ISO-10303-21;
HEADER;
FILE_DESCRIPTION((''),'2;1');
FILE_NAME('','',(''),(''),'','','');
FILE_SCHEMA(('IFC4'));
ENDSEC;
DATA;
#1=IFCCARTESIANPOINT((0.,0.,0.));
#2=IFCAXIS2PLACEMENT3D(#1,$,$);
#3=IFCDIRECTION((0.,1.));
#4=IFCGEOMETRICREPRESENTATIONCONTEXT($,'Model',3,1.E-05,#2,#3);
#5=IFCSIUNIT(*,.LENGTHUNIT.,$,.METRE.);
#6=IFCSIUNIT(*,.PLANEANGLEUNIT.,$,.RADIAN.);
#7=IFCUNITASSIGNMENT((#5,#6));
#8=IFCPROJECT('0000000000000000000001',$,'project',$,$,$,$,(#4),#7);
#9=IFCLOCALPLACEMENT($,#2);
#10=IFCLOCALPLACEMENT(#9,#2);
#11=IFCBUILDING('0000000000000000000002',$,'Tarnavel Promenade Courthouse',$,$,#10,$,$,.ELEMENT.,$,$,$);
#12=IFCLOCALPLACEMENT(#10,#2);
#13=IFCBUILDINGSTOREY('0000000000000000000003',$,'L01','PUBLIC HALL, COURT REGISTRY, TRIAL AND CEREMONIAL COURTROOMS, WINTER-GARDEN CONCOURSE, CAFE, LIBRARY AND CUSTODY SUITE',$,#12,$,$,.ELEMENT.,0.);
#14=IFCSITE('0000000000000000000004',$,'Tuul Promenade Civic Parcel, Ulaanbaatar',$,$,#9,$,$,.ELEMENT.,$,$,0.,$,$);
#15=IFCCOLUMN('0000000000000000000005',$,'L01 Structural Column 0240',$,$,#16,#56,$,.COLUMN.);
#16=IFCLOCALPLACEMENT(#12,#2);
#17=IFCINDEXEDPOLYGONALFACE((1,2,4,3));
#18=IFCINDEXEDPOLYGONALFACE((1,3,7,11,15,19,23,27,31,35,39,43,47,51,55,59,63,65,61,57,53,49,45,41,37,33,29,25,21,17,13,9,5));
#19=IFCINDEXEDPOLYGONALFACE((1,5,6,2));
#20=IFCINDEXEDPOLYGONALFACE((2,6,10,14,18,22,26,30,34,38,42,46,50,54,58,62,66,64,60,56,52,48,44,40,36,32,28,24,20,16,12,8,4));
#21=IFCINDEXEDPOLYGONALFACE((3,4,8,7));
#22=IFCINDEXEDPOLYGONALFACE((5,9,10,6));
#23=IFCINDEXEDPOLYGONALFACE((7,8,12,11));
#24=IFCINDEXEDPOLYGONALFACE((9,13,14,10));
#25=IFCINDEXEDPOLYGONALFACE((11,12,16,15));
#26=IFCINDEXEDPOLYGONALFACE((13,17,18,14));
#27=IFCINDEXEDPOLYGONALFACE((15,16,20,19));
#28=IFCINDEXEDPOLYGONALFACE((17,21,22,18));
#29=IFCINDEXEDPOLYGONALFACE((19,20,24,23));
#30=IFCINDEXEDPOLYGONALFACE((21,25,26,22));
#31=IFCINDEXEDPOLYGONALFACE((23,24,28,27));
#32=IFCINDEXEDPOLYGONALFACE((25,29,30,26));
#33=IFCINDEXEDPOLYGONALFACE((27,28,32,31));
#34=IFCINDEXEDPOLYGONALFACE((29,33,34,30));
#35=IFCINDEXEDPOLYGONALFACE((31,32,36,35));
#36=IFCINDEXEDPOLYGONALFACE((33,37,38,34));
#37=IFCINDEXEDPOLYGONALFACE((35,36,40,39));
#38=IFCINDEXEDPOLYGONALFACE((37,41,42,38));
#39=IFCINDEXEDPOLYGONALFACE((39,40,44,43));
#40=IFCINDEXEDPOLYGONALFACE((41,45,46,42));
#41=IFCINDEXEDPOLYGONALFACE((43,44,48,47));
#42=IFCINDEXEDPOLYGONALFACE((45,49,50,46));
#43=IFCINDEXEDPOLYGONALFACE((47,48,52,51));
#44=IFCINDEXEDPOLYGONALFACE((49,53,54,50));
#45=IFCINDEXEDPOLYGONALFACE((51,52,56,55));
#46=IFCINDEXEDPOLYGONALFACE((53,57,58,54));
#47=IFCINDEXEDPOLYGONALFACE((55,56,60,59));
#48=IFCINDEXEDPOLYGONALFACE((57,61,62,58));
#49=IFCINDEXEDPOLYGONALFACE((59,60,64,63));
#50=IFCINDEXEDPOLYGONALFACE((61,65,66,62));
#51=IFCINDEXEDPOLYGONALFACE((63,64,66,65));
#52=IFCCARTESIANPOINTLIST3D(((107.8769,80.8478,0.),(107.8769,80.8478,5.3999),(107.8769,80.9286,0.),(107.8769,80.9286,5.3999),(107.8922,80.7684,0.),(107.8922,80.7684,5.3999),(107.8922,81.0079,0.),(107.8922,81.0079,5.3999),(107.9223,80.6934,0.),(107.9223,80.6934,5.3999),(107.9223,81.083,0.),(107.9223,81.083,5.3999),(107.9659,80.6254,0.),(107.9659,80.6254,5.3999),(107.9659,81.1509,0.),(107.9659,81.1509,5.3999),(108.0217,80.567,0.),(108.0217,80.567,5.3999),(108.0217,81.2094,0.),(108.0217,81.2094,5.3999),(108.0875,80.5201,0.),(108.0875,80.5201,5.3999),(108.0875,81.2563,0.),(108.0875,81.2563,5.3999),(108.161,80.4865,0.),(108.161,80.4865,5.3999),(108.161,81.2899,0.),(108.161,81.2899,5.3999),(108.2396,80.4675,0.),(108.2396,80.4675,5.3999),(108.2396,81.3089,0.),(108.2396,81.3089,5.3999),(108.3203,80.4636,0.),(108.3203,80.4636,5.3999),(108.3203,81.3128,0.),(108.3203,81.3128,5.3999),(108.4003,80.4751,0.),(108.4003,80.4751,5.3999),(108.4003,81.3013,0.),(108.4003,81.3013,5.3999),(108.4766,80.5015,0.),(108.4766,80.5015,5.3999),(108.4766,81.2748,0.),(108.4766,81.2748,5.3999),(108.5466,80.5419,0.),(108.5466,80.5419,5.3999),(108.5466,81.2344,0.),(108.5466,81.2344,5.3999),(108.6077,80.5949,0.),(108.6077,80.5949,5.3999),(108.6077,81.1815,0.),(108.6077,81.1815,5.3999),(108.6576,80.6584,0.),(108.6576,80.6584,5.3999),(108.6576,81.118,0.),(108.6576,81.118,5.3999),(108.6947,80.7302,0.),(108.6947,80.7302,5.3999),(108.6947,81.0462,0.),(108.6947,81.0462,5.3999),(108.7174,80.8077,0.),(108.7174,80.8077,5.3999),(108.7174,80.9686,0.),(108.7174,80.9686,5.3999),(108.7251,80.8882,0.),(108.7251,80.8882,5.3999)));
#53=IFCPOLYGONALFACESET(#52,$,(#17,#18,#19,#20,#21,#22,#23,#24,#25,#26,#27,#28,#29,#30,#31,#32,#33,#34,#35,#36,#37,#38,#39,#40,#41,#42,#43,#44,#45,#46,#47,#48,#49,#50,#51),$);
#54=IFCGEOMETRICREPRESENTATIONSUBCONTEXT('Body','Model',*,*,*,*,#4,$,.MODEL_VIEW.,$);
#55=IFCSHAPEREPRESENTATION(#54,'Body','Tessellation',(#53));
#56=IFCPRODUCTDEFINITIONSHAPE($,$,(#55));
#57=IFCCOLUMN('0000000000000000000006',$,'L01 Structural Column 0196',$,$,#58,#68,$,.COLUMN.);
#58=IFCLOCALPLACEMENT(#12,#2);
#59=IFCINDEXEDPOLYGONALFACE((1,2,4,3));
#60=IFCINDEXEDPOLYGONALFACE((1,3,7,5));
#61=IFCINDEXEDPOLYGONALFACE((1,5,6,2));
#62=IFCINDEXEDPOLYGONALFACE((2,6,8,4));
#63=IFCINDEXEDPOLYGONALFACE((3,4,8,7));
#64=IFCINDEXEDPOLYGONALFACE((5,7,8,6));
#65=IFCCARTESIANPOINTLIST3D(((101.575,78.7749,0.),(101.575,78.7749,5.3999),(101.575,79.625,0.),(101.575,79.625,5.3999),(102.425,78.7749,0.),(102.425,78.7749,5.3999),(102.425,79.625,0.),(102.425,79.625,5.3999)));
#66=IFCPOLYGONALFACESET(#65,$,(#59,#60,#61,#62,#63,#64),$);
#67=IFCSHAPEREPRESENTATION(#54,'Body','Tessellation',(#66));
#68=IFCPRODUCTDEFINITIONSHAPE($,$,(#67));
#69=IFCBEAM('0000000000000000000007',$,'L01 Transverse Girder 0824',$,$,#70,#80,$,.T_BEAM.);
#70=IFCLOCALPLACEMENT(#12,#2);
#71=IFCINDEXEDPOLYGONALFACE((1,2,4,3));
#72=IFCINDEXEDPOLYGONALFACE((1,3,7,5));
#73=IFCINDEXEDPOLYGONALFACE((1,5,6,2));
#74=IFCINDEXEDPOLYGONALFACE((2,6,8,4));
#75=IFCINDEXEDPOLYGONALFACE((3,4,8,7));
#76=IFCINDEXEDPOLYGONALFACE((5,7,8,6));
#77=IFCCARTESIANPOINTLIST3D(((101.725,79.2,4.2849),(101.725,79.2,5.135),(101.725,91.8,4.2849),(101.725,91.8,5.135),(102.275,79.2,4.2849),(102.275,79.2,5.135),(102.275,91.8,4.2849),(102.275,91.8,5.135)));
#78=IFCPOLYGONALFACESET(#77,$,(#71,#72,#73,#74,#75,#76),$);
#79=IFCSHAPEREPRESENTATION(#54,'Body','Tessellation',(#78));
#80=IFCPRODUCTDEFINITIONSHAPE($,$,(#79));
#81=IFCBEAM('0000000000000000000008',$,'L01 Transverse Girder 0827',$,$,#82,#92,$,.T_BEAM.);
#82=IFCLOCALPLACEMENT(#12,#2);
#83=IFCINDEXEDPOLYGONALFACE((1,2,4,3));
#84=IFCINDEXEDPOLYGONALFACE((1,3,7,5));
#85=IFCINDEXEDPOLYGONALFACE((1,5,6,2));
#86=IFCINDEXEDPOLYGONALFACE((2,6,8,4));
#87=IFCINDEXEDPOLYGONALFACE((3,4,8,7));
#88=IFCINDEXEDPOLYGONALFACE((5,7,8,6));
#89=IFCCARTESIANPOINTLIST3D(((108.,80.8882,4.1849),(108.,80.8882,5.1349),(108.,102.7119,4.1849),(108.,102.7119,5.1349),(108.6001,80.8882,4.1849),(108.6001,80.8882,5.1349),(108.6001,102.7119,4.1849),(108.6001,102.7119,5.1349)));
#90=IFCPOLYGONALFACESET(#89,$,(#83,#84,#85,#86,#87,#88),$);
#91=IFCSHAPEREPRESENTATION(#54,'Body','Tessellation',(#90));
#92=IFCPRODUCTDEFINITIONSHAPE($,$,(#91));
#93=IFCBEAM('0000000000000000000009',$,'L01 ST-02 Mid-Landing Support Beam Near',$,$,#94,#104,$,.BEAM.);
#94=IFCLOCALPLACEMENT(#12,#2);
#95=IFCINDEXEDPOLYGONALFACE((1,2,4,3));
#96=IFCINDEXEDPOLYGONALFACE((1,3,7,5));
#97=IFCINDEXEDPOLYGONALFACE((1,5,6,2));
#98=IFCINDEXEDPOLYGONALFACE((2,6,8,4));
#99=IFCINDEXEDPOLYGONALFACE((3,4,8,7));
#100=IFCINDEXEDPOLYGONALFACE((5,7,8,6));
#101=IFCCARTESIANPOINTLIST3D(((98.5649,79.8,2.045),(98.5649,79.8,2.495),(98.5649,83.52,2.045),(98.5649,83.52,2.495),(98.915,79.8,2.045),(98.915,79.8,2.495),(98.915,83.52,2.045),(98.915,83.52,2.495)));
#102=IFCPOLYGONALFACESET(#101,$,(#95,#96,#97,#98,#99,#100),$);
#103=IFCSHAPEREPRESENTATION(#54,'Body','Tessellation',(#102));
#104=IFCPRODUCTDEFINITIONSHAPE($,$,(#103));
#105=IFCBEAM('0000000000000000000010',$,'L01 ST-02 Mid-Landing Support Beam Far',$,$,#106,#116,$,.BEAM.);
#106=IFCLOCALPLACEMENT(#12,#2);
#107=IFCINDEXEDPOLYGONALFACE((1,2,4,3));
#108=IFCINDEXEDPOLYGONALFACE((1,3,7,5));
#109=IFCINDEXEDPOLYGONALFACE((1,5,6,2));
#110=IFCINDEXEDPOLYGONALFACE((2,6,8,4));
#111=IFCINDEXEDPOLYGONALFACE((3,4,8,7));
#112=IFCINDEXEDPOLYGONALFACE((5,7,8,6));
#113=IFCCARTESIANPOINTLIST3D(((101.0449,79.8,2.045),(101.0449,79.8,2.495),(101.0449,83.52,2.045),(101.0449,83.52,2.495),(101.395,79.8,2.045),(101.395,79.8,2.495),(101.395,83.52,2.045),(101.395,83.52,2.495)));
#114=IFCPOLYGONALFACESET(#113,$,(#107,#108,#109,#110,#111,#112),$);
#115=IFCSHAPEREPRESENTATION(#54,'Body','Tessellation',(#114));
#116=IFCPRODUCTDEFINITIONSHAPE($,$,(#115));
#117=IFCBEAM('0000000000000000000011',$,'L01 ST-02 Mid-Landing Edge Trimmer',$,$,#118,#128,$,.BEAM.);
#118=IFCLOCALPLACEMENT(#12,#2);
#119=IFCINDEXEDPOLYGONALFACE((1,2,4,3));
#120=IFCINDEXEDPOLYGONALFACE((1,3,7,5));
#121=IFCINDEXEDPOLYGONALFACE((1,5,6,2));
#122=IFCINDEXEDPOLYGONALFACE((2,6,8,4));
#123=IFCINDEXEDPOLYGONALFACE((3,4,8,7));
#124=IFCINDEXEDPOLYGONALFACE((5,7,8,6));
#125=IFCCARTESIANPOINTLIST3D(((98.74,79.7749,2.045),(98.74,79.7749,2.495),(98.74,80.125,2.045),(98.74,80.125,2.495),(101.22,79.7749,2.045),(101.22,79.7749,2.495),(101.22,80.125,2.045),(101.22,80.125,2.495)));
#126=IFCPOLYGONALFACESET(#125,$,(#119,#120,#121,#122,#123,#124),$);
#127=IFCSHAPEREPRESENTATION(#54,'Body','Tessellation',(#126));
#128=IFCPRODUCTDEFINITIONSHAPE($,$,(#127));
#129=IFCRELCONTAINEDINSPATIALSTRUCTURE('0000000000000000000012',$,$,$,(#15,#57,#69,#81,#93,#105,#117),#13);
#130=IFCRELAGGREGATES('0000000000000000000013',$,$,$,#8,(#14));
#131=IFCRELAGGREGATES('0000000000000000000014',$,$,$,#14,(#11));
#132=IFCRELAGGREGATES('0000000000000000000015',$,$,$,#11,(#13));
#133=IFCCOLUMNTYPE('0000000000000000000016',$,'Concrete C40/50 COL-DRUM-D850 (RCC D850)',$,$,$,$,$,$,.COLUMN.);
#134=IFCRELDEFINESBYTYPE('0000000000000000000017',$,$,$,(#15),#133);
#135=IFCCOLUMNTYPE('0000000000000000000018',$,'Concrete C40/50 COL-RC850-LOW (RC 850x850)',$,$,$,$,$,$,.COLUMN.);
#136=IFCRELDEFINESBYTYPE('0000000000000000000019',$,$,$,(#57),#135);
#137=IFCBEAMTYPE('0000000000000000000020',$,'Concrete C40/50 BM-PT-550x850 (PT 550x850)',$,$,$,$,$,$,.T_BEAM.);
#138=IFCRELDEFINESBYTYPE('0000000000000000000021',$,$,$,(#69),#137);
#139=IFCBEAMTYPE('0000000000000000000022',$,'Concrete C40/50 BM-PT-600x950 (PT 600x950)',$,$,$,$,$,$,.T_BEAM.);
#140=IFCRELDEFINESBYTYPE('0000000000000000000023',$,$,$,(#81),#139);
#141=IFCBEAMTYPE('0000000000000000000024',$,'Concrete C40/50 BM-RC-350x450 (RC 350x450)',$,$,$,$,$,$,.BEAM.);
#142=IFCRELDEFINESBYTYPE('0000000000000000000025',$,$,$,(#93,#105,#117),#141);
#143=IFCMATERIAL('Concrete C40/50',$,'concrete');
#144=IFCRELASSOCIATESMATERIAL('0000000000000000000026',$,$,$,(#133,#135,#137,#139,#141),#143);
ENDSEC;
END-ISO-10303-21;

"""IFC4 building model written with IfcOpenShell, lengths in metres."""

from ifc_helpers import new_model, si_unit, direction, frame, origin, origin_2d, place, context, subcontext, project, spatial, rectangle, circle, extrude, material, material_profile, profile_set, type_object, element, save


model = new_model("IFC4")

# Units and contexts
model_context = context("Model", 3, precision=1e-05, world=origin(), true_north=direction((0.0, 1.0)))
body_context = subcontext(model_context, "Body", "Model", "MODEL_VIEW")
ifc_project = project(units=[si_unit("LENGTHUNIT", "METRE"), si_unit("PLANEANGLEUNIT", "RADIAN")], contexts=[model_context])

# Site, building, storey
site_placement = place(None, origin())
site = spatial("IfcSite", under=ifc_project, at=site_placement, Name="Tuul Promenade Civic Parcel, Ulaanbaatar", CompositionType="ELEMENT", RefElevation=0.0)
building_placement = place(site_placement, origin())
building = spatial("IfcBuilding", under=site, at=building_placement, Name="Tarnavel Promenade Courthouse", CompositionType="ELEMENT")
storey_placement = place(building_placement, origin())
storey = spatial("IfcBuildingStorey", under=building, at=storey_placement, Name="L01", Description="PUBLIC HALL, COURT REGISTRY, TRIAL AND CEREMONIAL COURTROOMS, WINTER-GARDEN CONCOURSE, CAFE, LIBRARY AND CUSTODY SUITE", CompositionType="ELEMENT", Elevation=0.0)

# Columns
ifc_material_1 = material(Name="Concrete C40/50", Category="concrete")
ifc_material_profile_1 = material_profile(ifc_material_1, circle(Radius=0.425, at=origin_2d()), Name="RCC D850")
ifc_profile_set_1 = profile_set([ifc_material_profile_1], Name="Concrete C40/50")
column_type_1 = type_object("IfcColumnType", Name="Concrete C40/50 COL-DRUM-D850 (RCC D850)", PredefinedType="COLUMN", material=ifc_profile_set_1)
column_1_placement = place(storey_placement, frame((108.3, 80.8882, 0.0), z_axis=(0.0, 0.0, 1.0), x_axis=(1.0, 0.0, 0.0)))
element("IfcColumn", 1, at=column_1_placement, inside=storey, type_object=column_type_1, Name="L01 Structural Column 0240", PredefinedType="COLUMN", context=body_context, shape_type="SweptSolid", body=[
    extrude(circle(Radius=0.425, at=origin_2d()), origin(), (0.0, 0.0, 1.0), 5.3999),
])
ifc_material_profile_2 = material_profile(ifc_material_1, rectangle(XDim=0.8501, YDim=0.8501, at=origin_2d()), Name="RC 850x850")
ifc_profile_set_2 = profile_set([ifc_material_profile_2], Name="Concrete C40/50")
column_type_2 = type_object("IfcColumnType", Name="Concrete C40/50 COL-RC850-LOW (RC 850x850)", PredefinedType="COLUMN", material=ifc_profile_set_2)
column_2_placement = place(storey_placement, frame((102.0, 79.2, 0.0), z_axis=(0.0, 0.0, 1.0), x_axis=(1.0, 0.0, 0.0)))
element("IfcColumn", 2, at=column_2_placement, inside=storey, type_object=column_type_2, Name="L01 Structural Column 0196", PredefinedType="COLUMN", context=body_context, shape_type="SweptSolid", body=[
    extrude(rectangle(XDim=0.8501, YDim=0.8501, at=origin_2d()), origin(), (0.0, 0.0, 1.0), 5.3999),
])

# Beams
ifc_material_profile_3 = material_profile(ifc_material_1, rectangle(XDim=0.55, YDim=0.8501, at=origin_2d()), Name="PT 550x850")
ifc_profile_set_3 = profile_set([ifc_material_profile_3], Name="Concrete C40/50")
beam_type_1 = type_object("IfcBeamType", Name="Concrete C40/50 BM-PT-550x850 (PT 550x850)", PredefinedType="T_BEAM", material=ifc_profile_set_3)
beam_1_placement = place(storey_placement, frame((102.0, 79.2, 4.71), z_axis=(0.0, 1.0, 0.0), x_axis=(-1.0, 0.0, 0.0)))
element("IfcBeam", 3, at=beam_1_placement, inside=storey, type_object=beam_type_1, Name="L01 Transverse Girder 0824", PredefinedType="T_BEAM", context=body_context, shape_type="SweptSolid", body=[
    extrude(rectangle(XDim=0.55, YDim=0.8501, at=origin_2d()), origin(), (0.0, 0.0, 1.0), 12.6001),
])
ifc_material_profile_4 = material_profile(ifc_material_1, rectangle(XDim=0.6001, YDim=0.95, at=origin_2d()), Name="PT 600x950")
ifc_profile_set_4 = profile_set([ifc_material_profile_4], Name="Concrete C40/50")
beam_type_2 = type_object("IfcBeamType", Name="Concrete C40/50 BM-PT-600x950 (PT 600x950)", PredefinedType="T_BEAM", material=ifc_profile_set_4)
beam_2_placement = place(storey_placement, frame((108.3, 80.8882, 4.6599), z_axis=(0.0, 1.0, 0.0), x_axis=(-1.0, 0.0, 0.0)))
element("IfcBeam", 4, at=beam_2_placement, inside=storey, type_object=beam_type_2, Name="L01 Transverse Girder 0827", PredefinedType="T_BEAM", context=body_context, shape_type="SweptSolid", body=[
    extrude(rectangle(XDim=0.6001, YDim=0.95, at=origin_2d()), origin(), (0.0, 0.0, 1.0), 21.8237),
])
ifc_material_profile_5 = material_profile(ifc_material_1, rectangle(XDim=0.3501, YDim=0.45, at=origin_2d()), Name="RC 350x450")
ifc_profile_set_5 = profile_set([ifc_material_profile_5], Name="Concrete C40/50")
beam_type_3 = type_object("IfcBeamType", Name="Concrete C40/50 BM-RC-350x450 (RC 350x450)", PredefinedType="BEAM", material=ifc_profile_set_5)
for number, where, z_axis, x_axis, name in (
    (5, (98.74, 79.8, 2.27), (0.0, 1.0, 0.0), (-1.0, 0.0, 0.0), "L01 ST-02 Mid-Landing Support Beam Near"),
    (6, (101.22, 79.8, 2.27), (0.0, 1.0, 0.0), (-1.0, 0.0, 0.0), "L01 ST-02 Mid-Landing Support Beam Far"),
):
    element("IfcBeam", number, at=place(storey_placement, frame(where, z_axis=z_axis, x_axis=x_axis)), inside=storey, type_object=beam_type_3, Name=name, PredefinedType="BEAM", context=body_context, shape_type="SweptSolid", body=[
        extrude(rectangle(XDim=0.3501, YDim=0.45, at=origin_2d()), origin(), (0.0, 0.0, 1.0), 3.72),
    ])
beam_3_placement = place(storey_placement, frame((98.74, 79.95, 2.27), z_axis=(1.0, 0.0, 0.0), x_axis=(0.0, 1.0, 0.0)))
element("IfcBeam", 7, at=beam_3_placement, inside=storey, type_object=beam_type_3, Name="L01 ST-02 Mid-Landing Edge Trimmer", PredefinedType="BEAM", context=body_context, shape_type="SweptSolid", body=[
    extrude(rectangle(XDim=0.3501, YDim=0.45, at=origin_2d()), origin(), (0.0, 0.0, 1.0), 2.48),
])

save(model, "model.ifc")
